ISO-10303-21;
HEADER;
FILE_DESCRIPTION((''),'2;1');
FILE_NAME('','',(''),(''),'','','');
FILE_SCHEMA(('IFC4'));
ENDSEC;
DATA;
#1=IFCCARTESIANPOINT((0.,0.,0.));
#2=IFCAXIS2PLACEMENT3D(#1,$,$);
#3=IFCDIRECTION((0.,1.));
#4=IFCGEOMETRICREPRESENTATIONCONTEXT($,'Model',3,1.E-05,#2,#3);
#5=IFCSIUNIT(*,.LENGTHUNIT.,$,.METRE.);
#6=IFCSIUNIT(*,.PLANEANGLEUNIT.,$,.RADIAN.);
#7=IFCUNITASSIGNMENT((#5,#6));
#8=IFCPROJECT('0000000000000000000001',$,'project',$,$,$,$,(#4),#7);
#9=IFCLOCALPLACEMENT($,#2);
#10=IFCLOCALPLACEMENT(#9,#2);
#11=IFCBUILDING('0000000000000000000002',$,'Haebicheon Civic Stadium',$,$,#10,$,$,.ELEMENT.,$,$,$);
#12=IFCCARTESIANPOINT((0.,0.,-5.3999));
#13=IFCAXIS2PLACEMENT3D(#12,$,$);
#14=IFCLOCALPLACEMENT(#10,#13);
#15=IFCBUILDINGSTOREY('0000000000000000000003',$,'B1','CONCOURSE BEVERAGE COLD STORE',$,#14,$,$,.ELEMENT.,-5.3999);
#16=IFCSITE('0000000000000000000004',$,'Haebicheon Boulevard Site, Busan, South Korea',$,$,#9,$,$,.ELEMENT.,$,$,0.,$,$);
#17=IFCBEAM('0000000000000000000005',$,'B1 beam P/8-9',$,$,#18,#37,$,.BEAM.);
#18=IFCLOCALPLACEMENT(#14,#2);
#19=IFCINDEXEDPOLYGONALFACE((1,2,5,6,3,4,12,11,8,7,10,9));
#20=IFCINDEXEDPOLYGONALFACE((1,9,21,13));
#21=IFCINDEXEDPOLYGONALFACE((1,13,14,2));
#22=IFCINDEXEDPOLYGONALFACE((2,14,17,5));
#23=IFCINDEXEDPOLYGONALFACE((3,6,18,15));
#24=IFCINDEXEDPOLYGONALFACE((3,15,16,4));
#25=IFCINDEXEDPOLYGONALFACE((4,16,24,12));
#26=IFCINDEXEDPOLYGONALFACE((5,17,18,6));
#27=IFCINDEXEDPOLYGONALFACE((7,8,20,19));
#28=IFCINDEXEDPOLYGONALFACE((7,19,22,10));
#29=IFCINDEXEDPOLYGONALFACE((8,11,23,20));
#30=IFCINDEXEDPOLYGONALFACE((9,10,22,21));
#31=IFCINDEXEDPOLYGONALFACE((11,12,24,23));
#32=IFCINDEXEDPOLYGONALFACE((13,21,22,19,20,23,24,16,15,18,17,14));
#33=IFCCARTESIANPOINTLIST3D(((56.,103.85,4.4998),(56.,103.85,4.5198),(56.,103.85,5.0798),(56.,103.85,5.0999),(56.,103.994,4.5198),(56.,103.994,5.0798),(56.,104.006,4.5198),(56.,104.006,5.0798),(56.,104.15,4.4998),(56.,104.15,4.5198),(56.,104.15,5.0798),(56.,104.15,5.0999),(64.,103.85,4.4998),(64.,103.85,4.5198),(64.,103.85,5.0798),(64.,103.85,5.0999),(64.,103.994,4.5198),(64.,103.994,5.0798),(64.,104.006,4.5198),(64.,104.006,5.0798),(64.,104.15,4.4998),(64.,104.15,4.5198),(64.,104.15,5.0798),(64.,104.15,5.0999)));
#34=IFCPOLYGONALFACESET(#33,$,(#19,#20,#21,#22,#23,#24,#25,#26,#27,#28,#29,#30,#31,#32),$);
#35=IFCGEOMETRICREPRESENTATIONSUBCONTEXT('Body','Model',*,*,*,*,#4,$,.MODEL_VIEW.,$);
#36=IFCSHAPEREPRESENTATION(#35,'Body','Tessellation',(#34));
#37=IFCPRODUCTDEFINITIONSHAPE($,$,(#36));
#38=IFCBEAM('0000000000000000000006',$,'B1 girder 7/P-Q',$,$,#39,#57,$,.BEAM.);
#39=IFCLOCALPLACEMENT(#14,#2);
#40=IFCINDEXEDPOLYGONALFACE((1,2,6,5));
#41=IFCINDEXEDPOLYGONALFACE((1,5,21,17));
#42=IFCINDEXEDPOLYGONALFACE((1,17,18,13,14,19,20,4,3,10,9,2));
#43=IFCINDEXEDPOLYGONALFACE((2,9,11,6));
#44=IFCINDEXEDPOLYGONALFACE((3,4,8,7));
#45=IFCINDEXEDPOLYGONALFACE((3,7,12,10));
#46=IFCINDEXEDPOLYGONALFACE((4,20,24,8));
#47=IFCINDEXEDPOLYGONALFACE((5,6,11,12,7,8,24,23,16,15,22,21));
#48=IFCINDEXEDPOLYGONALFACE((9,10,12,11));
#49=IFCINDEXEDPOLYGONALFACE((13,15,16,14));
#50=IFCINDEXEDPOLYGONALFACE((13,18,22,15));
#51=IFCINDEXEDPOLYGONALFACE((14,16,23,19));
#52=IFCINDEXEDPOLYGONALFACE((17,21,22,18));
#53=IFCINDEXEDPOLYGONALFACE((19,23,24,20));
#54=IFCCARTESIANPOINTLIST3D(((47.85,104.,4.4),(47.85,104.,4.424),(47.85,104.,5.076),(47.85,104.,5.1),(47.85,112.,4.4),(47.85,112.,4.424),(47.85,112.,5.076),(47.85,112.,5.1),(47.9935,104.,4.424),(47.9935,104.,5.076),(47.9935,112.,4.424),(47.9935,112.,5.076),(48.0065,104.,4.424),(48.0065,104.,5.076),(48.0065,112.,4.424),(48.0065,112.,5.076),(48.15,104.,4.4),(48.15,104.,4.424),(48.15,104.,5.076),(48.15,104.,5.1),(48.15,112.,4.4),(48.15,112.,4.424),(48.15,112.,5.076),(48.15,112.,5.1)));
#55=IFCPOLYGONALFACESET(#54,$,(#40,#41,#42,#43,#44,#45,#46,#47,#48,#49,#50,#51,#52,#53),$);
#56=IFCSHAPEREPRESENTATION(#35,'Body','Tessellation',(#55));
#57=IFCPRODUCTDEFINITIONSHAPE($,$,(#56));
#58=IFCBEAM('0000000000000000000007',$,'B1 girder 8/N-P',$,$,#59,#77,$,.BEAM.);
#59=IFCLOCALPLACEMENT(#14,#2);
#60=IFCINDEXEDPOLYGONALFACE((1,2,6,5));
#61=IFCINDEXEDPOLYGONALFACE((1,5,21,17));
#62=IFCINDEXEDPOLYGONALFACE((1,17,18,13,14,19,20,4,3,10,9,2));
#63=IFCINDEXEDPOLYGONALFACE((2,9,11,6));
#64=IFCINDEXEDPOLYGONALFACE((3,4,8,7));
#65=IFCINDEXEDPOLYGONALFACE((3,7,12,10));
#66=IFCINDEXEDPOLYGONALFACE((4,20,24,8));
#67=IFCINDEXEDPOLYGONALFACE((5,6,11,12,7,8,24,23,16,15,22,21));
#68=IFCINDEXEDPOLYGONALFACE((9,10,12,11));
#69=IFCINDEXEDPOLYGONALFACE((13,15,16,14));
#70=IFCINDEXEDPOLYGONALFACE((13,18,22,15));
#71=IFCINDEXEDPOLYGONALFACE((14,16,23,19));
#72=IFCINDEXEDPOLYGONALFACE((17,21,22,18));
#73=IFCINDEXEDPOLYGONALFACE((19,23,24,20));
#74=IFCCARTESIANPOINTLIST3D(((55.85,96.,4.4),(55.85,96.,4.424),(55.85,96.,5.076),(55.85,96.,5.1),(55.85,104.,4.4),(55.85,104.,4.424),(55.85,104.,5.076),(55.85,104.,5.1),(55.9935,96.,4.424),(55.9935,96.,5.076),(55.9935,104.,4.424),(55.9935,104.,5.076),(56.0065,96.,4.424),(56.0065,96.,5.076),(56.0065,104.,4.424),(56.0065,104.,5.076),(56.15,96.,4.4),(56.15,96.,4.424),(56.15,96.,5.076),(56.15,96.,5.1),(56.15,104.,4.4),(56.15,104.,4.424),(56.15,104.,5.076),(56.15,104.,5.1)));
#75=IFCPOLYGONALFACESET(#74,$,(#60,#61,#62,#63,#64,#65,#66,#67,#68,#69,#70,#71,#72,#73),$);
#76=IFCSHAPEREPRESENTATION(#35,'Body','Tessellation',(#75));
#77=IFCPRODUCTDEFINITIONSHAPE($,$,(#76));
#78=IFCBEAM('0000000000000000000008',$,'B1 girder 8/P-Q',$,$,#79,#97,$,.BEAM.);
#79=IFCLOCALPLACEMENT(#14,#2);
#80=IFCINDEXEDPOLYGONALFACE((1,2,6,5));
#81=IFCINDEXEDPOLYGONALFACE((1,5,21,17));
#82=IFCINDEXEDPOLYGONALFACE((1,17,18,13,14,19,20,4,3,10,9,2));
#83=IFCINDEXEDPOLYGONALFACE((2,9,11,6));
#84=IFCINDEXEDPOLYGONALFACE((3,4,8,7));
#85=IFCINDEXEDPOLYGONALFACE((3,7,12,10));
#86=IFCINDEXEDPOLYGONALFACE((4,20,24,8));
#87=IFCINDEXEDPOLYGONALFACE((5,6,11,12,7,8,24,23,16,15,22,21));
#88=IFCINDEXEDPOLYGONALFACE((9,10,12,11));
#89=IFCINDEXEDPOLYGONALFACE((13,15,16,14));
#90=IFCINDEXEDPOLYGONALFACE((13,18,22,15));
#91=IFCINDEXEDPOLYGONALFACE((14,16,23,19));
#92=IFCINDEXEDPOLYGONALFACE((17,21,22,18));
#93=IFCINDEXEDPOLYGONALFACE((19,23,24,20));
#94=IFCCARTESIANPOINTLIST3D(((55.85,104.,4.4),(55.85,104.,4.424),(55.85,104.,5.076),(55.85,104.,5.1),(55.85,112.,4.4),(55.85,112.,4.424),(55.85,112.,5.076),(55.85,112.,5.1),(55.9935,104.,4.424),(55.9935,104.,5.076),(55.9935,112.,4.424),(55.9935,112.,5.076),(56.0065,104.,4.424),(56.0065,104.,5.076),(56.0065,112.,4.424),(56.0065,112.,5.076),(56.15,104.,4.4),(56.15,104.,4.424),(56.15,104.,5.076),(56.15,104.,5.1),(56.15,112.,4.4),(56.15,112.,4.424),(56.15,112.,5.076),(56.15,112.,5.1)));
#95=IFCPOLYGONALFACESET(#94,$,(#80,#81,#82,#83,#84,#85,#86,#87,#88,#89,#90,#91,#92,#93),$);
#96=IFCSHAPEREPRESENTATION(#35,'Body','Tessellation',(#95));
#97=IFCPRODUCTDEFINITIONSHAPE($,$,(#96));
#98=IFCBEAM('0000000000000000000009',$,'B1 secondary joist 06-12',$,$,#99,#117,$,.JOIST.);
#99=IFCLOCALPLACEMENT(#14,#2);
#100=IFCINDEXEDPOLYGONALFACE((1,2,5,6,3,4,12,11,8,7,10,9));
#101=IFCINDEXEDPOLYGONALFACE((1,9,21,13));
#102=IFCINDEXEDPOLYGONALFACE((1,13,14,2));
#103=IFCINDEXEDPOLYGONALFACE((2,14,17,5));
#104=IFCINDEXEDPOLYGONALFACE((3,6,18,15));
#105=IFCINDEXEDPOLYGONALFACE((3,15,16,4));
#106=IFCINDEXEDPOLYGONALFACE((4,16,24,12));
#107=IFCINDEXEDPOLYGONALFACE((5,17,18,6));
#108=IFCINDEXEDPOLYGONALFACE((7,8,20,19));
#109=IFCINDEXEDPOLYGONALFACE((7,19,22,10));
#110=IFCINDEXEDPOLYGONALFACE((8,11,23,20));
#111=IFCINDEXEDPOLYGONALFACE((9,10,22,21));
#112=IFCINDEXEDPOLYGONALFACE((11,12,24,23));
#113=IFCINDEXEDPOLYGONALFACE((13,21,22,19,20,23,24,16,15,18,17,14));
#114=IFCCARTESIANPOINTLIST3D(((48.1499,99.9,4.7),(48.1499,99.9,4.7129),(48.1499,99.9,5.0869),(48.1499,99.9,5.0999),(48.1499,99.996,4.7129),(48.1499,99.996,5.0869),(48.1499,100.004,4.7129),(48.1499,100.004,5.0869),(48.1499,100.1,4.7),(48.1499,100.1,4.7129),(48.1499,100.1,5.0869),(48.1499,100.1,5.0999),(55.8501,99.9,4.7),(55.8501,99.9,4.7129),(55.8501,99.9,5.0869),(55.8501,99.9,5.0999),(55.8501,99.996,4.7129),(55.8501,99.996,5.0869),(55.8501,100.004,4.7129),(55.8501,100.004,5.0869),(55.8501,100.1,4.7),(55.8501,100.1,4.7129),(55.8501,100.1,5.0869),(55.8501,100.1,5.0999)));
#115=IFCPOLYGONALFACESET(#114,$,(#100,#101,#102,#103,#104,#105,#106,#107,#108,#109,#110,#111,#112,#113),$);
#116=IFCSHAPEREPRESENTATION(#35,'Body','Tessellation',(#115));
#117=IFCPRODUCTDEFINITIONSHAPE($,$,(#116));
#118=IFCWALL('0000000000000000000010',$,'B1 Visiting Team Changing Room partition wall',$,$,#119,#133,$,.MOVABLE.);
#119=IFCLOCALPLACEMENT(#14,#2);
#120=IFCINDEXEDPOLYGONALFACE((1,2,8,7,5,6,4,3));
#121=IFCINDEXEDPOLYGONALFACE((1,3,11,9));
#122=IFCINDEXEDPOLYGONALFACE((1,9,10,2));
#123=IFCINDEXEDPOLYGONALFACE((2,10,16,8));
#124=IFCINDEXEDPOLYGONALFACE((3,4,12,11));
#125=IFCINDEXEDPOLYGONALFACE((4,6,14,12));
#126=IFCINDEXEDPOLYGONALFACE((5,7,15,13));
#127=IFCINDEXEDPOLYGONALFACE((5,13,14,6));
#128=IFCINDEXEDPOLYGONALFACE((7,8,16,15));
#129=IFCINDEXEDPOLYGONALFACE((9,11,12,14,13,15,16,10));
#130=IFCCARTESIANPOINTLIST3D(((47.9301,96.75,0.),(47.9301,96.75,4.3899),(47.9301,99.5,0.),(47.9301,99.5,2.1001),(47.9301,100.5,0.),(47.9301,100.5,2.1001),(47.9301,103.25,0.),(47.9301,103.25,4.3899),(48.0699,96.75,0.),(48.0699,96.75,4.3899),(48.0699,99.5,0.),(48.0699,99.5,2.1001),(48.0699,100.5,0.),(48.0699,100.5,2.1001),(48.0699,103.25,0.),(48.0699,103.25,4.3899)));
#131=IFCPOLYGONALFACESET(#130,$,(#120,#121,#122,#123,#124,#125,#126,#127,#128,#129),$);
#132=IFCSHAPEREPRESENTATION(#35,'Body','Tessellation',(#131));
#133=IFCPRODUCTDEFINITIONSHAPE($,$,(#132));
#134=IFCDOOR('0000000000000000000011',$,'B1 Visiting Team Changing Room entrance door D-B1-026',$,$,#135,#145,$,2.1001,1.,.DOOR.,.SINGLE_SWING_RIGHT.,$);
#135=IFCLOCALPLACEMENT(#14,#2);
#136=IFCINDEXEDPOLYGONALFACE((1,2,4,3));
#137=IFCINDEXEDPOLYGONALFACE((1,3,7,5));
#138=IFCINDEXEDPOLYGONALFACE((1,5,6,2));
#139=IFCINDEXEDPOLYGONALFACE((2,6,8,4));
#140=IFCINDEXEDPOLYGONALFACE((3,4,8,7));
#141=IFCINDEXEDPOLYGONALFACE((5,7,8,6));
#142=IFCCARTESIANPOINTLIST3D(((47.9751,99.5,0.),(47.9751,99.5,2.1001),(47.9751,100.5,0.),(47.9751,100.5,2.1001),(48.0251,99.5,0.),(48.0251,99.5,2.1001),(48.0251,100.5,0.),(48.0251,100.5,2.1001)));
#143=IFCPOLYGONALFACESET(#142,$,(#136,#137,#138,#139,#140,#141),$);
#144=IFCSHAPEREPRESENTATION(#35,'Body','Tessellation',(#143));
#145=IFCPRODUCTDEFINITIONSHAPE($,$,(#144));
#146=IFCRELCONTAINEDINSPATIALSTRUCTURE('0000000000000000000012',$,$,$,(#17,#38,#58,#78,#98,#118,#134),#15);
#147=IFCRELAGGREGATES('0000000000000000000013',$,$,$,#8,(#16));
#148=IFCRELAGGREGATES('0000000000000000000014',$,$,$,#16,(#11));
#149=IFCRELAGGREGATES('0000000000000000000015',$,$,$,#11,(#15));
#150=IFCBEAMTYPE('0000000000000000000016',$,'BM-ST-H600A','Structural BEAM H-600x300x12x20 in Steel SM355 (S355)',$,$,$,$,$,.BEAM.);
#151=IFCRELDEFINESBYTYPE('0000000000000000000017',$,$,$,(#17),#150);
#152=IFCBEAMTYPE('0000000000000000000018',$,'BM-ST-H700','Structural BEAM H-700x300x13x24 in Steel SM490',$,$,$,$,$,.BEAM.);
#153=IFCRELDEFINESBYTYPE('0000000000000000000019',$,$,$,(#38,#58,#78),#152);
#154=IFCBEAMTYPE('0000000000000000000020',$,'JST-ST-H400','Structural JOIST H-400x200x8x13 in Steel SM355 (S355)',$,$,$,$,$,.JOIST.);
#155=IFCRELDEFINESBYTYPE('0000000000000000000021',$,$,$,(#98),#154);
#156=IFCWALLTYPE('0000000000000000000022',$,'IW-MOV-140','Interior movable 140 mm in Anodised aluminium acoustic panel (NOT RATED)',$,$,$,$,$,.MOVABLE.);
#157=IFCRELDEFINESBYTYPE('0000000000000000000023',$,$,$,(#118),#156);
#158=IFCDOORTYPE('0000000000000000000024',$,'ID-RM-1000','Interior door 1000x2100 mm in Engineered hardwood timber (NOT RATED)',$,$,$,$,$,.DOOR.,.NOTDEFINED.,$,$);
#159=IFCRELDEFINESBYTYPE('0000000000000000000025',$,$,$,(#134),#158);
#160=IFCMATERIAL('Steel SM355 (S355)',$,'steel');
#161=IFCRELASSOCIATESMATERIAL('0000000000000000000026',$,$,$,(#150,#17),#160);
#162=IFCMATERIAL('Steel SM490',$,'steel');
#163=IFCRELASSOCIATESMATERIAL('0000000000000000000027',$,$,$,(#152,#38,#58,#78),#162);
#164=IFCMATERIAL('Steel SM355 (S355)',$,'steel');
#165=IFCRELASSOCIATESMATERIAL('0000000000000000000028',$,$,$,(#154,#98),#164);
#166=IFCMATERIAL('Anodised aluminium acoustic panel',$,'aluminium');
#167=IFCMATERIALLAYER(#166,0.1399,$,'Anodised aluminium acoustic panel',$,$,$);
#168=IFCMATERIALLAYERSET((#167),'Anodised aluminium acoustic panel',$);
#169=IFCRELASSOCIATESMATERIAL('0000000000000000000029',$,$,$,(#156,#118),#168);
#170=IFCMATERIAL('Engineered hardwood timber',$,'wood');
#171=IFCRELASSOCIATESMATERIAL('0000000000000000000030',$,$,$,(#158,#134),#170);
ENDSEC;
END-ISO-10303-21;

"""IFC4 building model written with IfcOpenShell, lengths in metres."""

from ifc_helpers import new_model, si_unit, direction, frame, frame_2d, origin, origin_2d, place, context, subcontext, project, spatial, rectangle, i_section, extrude, material, layer, layer_set, material_profile, profile_set, type_object, element, fill, save


model = new_model("IFC4")

# Units and contexts
model_context = context("Model", 3, precision=1e-05, world=origin(), true_north=direction((0.0, 1.0)))
body_context = subcontext(model_context, "Body", "Model", "MODEL_VIEW")
ifc_project = project(units=[si_unit("LENGTHUNIT", "METRE"), si_unit("PLANEANGLEUNIT", "RADIAN")], contexts=[model_context])

# Site, building, storey
site_placement = place(None, origin())
site = spatial("IfcSite", under=ifc_project, at=site_placement, Name="Haebicheon Boulevard Site, Busan, South Korea", CompositionType="ELEMENT", RefElevation=0.0)
building_placement = place(site_placement, origin())
building = spatial("IfcBuilding", under=site, at=building_placement, Name="Haebicheon Civic Stadium", CompositionType="ELEMENT")
storey_placement = place(building_placement, frame((0.0, 0.0, -5.3999)))
storey = spatial("IfcBuildingStorey", under=building, at=storey_placement, Name="B1", Description="CONCOURSE BEVERAGE COLD STORE", CompositionType="ELEMENT", Elevation=-5.3999)

# Beams
ifc_material_1 = material(Name="Steel SM355 (S355)", Category="steel")
ifc_material_profile_1 = material_profile(ifc_material_1, i_section(OverallWidth=0.3, OverallDepth=0.6001, WebThickness=0.012, FlangeThickness=0.02, at=origin_2d()), Name="H-600x300x12x20")
ifc_profile_set_1 = profile_set([ifc_material_profile_1], Name="Steel SM355 (S355)")
beam_type_1 = type_object("IfcBeamType", Name="BM-ST-H600A", Description="Structural BEAM H-600x300x12x20 in Steel SM355 (S355)", PredefinedType="BEAM", material=ifc_profile_set_1)
for number, where, z_axis, x_axis, name in (
    (1, (56.0, 104.0, 4.7998), (1.0, 0.0, 0.0), (0.0, 1.0, 0.0), "B1 beam P/8-9"),
):
    element("IfcBeam", number, at=place(storey_placement, frame(where, z_axis=z_axis, x_axis=x_axis)), inside=storey, type_object=beam_type_1, material=ifc_profile_set_1, Name=name, PredefinedType="BEAM", context=body_context, shape_type="SweptSolid", body=[
        extrude(i_section(OverallWidth=0.3, OverallDepth=0.6001, WebThickness=0.012, FlangeThickness=0.02, at=origin_2d()), origin(), (0.0, 0.0, 1.0), 8.0),
    ])
ifc_material_2 = material(Name="Steel SM490", Category="steel")
ifc_material_profile_2 = material_profile(ifc_material_2, i_section(OverallWidth=0.3, OverallDepth=0.7, WebThickness=0.0129, FlangeThickness=0.0239, at=origin_2d()), Name="H-700x300x13x24")
ifc_profile_set_2 = profile_set([ifc_material_profile_2], Name="Steel SM490")
beam_type_2 = type_object("IfcBeamType", Name="BM-ST-H700", Description="Structural BEAM H-700x300x13x24 in Steel SM490", PredefinedType="BEAM", material=ifc_profile_set_2)
for number, where, z_axis, x_axis, name in (
    (2, (48.0, 104.0, 4.75), (0.0, 1.0, 0.0), (-1.0, 0.0, 0.0), "B1 girder 7/P-Q"),
    (3, (56.0, 96.0, 4.75), (0.0, 1.0, 0.0), (-1.0, 0.0, 0.0), "B1 girder 8/N-P"),
    (4, (56.0, 104.0, 4.75), (0.0, 1.0, 0.0), (-1.0, 0.0, 0.0), "B1 girder 8/P-Q"),
):
    element("IfcBeam", number, at=place(storey_placement, frame(where, z_axis=z_axis, x_axis=x_axis)), inside=storey, type_object=beam_type_2, material=ifc_profile_set_2, Name=name, PredefinedType="BEAM", context=body_context, shape_type="SweptSolid", body=[
        extrude(i_section(OverallWidth=0.3, OverallDepth=0.7, WebThickness=0.0129, FlangeThickness=0.0239, at=origin_2d()), origin(), (0.0, 0.0, 1.0), 8.0),
    ])
ifc_material_3 = material(Name="Steel SM355 (S355)", Category="steel")
ifc_material_profile_3 = material_profile(ifc_material_3, i_section(OverallWidth=0.2, OverallDepth=0.3999, WebThickness=0.0081, FlangeThickness=0.0129, at=origin_2d()), Name="H-400x200x8x13")
ifc_profile_set_3 = profile_set([ifc_material_profile_3], Name="Steel SM355 (S355)")
beam_type_3 = type_object("IfcBeamType", Name="JST-ST-H400", Description="Structural JOIST H-400x200x8x13 in Steel SM355 (S355)", PredefinedType="JOIST", material=ifc_profile_set_3)
beam_placement = place(storey_placement, frame((48.1499, 100.0, 4.8999), z_axis=(1.0, 0.0, 0.0), x_axis=(0.0, 1.0, 0.0)))
element("IfcBeam", 5, at=beam_placement, inside=storey, type_object=beam_type_3, material=ifc_profile_set_3, Name="B1 secondary joist 06-12", PredefinedType="JOIST", context=body_context, shape_type="SweptSolid", body=[
    extrude(i_section(OverallWidth=0.2, OverallDepth=0.3999, WebThickness=0.0081, FlangeThickness=0.0129, at=origin_2d()), origin(), (0.0, 0.0, 1.0), 7.7002),
])

# Wall, opening, door
ifc_material_4 = material(Name="Anodised aluminium acoustic panel", Category="aluminium")
ifc_layer_1 = layer(ifc_material_4, 0.1399, Name="Anodised aluminium acoustic panel")
ifc_layer_set_1 = layer_set([ifc_layer_1], Name="Anodised aluminium acoustic panel")
wall_type = type_object("IfcWallType", Name="IW-MOV-140", Description="Interior movable 140 mm in Anodised aluminium acoustic panel (NOT RATED)", PredefinedType="MOVABLE", material=ifc_layer_set_1)
wall_placement = place(storey_placement, frame((48.0, 96.75, 0.0), z_axis=(0.0, 0.0, 1.0), x_axis=(0.0, 1.0, 0.0)))
wall = element("IfcWall", 6, at=wall_placement, inside=storey, type_object=wall_type, material=ifc_layer_set_1, Name="B1 Visiting Team Changing Room partition wall", PredefinedType="MOVABLE", context=body_context, shape_type="SweptSolid", body=[
    extrude(rectangle(XDim=6.5, YDim=0.1399, at=frame_2d((3.25, 0.0))), origin(), (0.0, 0.0, 1.0), 4.3899),
])
opening_placement = place(wall_placement, frame((2.75, 0.0, 0.0)))
opening = element("IfcOpeningElement", 7, at=opening_placement, cuts=wall, PredefinedType="OPENING", context=body_context, shape_type="SweptSolid", body=[
    extrude(rectangle(XDim=1.0, YDim=2.1001, at=frame_2d((0.5, 1.05))), frame((0.0, 0.0798, 0.0), z_axis=(0.0, -1.0, 0.0), x_axis=(1.0, 0.0, 0.0)), (0.0, 0.0, 1.0), 0.1599),
])
ifc_material_5 = material(Name="Engineered hardwood timber", Category="wood")
door_type = type_object("IfcDoorType", Name="ID-RM-1000", Description="Interior door 1000x2100 mm in Engineered hardwood timber (NOT RATED)", OperationType="NOTDEFINED", PredefinedType="DOOR", material=ifc_material_5)
door_placement = place(opening_placement, origin())
door = element("IfcDoor", 8, at=door_placement, inside=storey, type_object=door_type, material=ifc_material_5, Name="B1 Visiting Team Changing Room entrance door D-B1-026", OperationType="SINGLE_SWING_RIGHT", OverallHeight=2.1001, OverallWidth=1.0, PredefinedType="DOOR", context=body_context, shape_type="SweptSolid", body=[
    extrude(rectangle(XDim=1.0, YDim=2.1001, at=frame_2d((0.5, 1.05))), frame((0.0, 0.0249, 0.0), z_axis=(0.0, -1.0, 0.0), x_axis=(1.0, 0.0, 0.0)), (0.0, 0.0, 1.0), 0.05),
])
fill(opening, door)

save(model, "model.ifc")
